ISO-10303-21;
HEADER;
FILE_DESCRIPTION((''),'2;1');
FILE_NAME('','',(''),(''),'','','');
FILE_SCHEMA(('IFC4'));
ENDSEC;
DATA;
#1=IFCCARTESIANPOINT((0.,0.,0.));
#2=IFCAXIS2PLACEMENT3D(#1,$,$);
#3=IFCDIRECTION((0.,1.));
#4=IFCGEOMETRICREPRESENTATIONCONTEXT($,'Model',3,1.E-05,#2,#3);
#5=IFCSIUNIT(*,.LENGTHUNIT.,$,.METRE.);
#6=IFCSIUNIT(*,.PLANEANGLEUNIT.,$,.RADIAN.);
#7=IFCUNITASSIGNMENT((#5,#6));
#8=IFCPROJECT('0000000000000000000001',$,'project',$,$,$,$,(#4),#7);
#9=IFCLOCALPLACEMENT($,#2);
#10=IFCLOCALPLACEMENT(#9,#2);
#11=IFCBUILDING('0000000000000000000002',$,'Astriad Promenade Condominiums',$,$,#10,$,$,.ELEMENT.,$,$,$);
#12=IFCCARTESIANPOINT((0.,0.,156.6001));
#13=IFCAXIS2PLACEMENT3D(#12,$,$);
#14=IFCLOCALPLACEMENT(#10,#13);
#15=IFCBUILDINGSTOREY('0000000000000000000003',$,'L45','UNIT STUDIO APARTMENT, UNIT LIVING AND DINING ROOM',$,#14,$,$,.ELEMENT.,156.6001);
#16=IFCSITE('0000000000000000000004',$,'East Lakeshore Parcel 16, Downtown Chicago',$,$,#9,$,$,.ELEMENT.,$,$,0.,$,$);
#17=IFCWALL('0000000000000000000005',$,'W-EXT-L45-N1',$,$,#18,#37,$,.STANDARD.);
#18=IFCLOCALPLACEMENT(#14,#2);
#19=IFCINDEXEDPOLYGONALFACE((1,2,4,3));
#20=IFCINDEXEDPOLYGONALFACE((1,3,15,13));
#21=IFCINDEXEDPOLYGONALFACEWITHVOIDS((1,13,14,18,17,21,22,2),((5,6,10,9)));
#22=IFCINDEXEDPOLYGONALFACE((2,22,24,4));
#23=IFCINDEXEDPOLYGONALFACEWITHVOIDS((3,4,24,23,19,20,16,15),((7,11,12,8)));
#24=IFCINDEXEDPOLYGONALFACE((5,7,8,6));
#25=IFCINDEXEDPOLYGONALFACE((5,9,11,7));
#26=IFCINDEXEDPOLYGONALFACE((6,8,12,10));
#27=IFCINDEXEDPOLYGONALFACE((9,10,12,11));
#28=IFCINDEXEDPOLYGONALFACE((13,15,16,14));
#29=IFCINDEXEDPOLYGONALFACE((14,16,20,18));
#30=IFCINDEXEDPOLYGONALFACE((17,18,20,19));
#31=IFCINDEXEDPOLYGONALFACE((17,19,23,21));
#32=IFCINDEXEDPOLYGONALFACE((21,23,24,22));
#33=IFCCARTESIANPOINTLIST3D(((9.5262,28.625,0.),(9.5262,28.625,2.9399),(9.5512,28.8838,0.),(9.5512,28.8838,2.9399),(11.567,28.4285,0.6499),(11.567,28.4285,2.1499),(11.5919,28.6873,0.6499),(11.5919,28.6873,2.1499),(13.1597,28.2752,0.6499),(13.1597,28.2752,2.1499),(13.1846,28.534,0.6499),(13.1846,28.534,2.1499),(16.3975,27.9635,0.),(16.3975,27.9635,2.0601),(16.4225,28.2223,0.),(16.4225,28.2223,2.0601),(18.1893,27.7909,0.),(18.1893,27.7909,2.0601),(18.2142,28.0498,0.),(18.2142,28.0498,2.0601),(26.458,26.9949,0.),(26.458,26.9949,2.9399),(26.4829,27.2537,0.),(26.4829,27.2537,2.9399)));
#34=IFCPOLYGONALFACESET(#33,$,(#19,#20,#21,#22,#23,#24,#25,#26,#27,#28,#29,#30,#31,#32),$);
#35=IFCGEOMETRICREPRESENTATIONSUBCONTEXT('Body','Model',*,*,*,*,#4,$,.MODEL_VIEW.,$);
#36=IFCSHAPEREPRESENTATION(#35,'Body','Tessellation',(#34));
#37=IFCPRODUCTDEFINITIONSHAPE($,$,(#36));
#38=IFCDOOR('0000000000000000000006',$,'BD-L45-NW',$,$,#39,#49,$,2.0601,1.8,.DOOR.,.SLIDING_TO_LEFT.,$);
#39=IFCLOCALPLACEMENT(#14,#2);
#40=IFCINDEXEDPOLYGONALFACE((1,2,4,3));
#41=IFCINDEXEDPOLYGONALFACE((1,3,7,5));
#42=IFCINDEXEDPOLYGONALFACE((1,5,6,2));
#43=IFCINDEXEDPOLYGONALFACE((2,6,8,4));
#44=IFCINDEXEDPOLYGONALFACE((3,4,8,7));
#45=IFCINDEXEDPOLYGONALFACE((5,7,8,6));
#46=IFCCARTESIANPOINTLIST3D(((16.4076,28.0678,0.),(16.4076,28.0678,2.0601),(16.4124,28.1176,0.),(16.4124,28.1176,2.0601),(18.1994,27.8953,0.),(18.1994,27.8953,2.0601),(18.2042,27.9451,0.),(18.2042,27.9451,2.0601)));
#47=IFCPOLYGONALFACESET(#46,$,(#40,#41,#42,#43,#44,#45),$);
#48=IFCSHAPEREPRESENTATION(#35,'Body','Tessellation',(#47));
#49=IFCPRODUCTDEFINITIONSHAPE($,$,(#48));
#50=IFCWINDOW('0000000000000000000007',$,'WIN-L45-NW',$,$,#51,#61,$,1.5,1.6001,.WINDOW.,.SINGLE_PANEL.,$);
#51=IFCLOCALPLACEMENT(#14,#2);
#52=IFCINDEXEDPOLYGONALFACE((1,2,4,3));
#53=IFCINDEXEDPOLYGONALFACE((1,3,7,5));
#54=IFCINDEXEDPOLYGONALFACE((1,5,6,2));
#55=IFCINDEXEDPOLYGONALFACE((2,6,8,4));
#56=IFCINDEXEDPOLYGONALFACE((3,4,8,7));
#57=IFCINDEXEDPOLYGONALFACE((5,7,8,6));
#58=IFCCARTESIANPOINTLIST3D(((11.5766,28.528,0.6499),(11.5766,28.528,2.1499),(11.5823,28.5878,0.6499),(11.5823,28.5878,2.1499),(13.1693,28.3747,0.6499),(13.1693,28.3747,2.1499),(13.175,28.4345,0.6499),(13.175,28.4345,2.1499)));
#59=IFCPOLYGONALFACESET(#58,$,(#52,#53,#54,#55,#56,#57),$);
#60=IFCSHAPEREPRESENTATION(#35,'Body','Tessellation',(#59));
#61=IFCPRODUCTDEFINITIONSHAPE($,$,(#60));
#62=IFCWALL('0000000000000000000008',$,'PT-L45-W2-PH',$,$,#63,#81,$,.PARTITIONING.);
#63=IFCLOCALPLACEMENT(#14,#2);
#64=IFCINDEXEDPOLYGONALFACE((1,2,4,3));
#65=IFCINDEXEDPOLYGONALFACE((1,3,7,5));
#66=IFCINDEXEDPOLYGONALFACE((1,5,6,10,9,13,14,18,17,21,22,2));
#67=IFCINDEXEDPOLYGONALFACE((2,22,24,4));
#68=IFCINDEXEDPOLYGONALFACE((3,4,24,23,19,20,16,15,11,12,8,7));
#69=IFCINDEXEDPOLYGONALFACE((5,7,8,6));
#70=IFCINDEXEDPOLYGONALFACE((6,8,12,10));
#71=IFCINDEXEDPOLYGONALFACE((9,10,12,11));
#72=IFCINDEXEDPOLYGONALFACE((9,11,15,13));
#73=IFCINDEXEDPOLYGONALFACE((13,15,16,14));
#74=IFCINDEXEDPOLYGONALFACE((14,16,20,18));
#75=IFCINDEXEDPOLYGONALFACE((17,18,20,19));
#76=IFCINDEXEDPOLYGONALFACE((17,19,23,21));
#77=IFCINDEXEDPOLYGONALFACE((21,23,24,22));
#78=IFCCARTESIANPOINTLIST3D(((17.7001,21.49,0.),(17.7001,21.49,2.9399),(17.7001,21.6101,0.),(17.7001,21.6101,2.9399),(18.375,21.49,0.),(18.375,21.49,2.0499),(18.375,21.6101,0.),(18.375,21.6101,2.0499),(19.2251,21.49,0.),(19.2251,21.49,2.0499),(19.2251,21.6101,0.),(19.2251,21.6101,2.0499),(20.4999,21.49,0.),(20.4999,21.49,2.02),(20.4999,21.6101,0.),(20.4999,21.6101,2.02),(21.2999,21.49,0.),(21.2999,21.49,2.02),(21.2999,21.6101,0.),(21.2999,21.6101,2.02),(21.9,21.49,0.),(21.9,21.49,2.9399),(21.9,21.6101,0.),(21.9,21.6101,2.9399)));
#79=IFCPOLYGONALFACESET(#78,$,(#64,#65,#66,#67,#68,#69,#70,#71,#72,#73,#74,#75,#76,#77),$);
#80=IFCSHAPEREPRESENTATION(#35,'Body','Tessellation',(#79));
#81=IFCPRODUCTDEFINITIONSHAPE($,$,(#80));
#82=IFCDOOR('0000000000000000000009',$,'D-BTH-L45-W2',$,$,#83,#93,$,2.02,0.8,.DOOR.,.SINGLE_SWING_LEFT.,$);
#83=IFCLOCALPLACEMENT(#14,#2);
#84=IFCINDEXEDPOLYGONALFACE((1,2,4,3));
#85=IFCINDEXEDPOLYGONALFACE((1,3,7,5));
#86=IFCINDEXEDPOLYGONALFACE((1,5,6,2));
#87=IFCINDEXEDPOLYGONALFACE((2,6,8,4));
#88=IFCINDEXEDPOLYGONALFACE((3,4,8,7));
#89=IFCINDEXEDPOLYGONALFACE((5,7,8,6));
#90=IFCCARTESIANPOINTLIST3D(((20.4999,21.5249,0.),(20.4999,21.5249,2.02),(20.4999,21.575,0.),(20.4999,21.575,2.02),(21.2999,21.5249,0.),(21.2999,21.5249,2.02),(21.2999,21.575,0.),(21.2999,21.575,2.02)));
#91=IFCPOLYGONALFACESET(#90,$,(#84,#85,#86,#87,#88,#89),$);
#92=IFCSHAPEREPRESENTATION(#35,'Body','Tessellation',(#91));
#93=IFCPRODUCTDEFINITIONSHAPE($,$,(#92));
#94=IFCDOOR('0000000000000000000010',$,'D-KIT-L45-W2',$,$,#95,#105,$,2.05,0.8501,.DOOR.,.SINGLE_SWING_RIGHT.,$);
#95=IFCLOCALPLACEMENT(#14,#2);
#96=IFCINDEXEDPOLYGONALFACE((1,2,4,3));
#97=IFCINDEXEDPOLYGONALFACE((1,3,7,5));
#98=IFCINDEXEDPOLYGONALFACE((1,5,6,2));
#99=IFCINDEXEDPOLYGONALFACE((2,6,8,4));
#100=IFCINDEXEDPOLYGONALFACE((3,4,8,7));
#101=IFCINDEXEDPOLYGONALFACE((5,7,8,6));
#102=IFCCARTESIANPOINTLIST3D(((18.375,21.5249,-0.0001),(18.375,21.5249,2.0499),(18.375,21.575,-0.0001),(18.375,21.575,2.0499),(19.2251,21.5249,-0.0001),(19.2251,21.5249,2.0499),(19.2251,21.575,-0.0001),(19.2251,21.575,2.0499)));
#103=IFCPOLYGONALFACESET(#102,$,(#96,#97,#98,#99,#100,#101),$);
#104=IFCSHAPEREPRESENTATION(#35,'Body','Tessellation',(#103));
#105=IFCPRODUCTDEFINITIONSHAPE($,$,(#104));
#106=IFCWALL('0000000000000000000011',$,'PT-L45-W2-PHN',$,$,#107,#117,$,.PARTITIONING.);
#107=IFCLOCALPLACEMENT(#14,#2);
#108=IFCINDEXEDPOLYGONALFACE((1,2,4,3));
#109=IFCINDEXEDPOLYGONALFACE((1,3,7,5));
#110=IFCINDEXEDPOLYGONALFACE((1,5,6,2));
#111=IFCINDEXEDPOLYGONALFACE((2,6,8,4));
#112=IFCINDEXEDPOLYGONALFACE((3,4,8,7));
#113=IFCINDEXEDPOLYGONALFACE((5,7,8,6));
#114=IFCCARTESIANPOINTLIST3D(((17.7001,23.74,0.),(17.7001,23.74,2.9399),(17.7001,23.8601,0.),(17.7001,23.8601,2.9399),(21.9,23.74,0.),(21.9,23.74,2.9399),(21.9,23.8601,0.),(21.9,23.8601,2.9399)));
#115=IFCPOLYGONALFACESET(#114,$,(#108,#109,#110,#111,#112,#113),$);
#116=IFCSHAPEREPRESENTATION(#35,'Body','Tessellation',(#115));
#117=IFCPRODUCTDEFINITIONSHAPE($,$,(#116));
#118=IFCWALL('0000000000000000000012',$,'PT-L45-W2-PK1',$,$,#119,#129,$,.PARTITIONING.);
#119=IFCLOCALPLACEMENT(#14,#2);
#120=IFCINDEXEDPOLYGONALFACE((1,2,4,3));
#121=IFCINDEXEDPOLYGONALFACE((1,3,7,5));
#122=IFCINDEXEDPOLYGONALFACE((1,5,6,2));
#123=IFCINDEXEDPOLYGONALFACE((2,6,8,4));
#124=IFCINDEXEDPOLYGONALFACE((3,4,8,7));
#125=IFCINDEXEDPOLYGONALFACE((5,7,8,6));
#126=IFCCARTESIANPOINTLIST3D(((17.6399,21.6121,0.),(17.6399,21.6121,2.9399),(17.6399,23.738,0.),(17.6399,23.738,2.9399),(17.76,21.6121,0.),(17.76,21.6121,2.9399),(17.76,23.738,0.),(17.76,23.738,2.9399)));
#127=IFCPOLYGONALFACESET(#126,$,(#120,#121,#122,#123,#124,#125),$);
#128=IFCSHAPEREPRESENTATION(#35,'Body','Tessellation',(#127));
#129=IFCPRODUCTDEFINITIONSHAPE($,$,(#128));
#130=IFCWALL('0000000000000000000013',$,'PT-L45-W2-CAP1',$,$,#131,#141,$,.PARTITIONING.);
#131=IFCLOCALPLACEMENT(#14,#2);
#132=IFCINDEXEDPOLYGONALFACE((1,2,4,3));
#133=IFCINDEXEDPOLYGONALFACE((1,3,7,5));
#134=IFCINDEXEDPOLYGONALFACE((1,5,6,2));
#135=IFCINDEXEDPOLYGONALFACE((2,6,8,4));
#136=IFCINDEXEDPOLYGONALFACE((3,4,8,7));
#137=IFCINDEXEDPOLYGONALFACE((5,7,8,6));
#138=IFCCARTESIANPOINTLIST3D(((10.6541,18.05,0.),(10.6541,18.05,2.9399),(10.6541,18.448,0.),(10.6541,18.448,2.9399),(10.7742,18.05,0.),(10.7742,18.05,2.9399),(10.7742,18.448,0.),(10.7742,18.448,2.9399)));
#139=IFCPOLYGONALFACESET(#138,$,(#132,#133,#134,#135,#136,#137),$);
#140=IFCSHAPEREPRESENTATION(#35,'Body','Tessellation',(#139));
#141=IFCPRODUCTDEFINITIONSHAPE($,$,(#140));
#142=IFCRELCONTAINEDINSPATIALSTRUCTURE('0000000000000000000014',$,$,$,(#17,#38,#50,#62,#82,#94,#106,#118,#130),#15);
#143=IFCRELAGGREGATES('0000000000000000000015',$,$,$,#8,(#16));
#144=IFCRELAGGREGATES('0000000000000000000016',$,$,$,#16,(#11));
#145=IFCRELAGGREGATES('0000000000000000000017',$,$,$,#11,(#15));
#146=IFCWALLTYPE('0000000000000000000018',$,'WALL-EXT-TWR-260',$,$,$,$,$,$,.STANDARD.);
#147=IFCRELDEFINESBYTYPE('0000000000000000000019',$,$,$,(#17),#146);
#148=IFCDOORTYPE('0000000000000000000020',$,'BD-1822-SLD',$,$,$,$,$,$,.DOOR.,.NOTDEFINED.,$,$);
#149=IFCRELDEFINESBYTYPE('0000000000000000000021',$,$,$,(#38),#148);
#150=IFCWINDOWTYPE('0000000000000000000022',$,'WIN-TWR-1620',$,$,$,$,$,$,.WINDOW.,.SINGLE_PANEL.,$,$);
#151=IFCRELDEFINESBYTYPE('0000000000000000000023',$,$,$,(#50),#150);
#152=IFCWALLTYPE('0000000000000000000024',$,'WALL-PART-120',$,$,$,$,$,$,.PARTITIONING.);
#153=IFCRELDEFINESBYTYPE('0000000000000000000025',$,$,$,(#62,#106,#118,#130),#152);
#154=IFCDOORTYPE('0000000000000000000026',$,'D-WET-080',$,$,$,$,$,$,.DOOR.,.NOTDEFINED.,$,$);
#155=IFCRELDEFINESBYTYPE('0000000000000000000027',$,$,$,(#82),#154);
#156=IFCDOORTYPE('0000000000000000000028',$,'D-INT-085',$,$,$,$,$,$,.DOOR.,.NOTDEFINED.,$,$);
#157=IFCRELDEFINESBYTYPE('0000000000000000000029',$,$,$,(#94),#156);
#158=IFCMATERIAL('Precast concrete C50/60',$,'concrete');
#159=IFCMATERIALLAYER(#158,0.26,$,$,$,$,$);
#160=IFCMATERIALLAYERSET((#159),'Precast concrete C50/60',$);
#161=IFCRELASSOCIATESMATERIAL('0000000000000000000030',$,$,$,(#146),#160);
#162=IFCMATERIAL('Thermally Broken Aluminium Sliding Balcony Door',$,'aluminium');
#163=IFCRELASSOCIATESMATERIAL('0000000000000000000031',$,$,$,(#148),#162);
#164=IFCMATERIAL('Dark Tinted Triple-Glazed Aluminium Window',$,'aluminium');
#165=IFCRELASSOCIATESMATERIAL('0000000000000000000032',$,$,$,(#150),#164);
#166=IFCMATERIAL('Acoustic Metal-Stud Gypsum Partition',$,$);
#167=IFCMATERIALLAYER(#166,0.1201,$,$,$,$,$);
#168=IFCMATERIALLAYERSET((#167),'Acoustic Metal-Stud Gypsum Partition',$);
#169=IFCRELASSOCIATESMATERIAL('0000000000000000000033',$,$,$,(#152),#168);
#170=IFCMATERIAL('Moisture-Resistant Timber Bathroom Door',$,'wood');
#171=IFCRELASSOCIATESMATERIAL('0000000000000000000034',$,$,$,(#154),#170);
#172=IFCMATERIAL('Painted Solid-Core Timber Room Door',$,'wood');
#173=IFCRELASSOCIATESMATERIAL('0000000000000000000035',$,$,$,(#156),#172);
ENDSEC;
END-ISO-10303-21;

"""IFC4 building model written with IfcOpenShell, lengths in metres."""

from ifc_helpers import new_model, si_unit, direction, frame, frame_2d, origin, place, context, subcontext, project, spatial, rectangle, extrude, source, transform, mapped, material, layer, layer_set, type_object, type_shapes, element, fill, save


model = new_model("IFC4")

# Units and contexts
model_context = context("Model", 3, precision=1e-05, world=origin(), true_north=direction((0.0, 1.0)))
body_context = subcontext(model_context, "Body", "Model", "MODEL_VIEW")
ifc_project = project(units=[si_unit("LENGTHUNIT", "METRE"), si_unit("PLANEANGLEUNIT", "RADIAN")], contexts=[model_context])

# Site, building, storey
site_placement = place(None, origin())
site = spatial("IfcSite", under=ifc_project, at=site_placement, Name="East Lakeshore Parcel 16, Downtown Chicago", CompositionType="ELEMENT", RefElevation=0.0)
building_placement = place(site_placement, origin())
building = spatial("IfcBuilding", under=site, at=building_placement, Name="Astriad Promenade Condominiums", CompositionType="ELEMENT")
storey_placement = place(building_placement, frame((0.0, 0.0, 156.6001)))
storey = spatial("IfcBuildingStorey", under=building, at=storey_placement, Name="L45", Description="UNIT STUDIO APARTMENT, UNIT LIVING AND DINING ROOM", CompositionType="ELEMENT", Elevation=156.6001)

# Shared definitions
ifc_material_1 = material(Name="Precast concrete C50/60", Category="concrete")
ifc_layer_1 = layer(ifc_material_1, 0.26)
ifc_layer_set_1 = layer_set([ifc_layer_1], Name="Precast concrete C50/60")
wall_type_1 = type_object("IfcWallType", Name="WALL-EXT-TWR-260", PredefinedType="STANDARD", material=ifc_layer_set_1)

# Wall, openings, door, window
wall_1_placement = place(storey_placement, frame((9.5388, 28.7544, 0.0), z_axis=(0.0, 0.0, 1.0), x_axis=(0.995397, -0.095834, 0.0)))
wall_1 = element("IfcWall", 1, at=wall_1_placement, inside=storey, type_object=wall_type_1, Name="W-EXT-L45-N1", PredefinedType="STANDARD", context=body_context, shape_type="SweptSolid", body=[
    extrude(rectangle(XDim=17.01, YDim=0.26, at=frame_2d((8.5049, 0.0))), origin(), (0.0, 0.0, 1.0), 2.9399),
])
opening_1_placement = place(wall_1_placement, frame((6.9031, 0.0, 0.0)))
opening_1 = element("IfcOpeningElement", 2, at=opening_1_placement, cuts=wall_1, PredefinedType="OPENING", context=body_context, shape_type="SweptSolid", body=[
    extrude(rectangle(XDim=1.8, YDim=2.0601, at=frame_2d((0.8999, 1.03))), frame((0.0, 0.1399, 0.0), z_axis=(0.0, -1.0, 0.0), x_axis=(1.0, 0.0, 0.0)), (0.0, 0.0, 1.0), 0.28),
])
opening_2_placement = place(wall_1_placement, frame((2.05, 0.0, 0.6499)))
opening_2 = element("IfcOpeningElement", 3, at=opening_2_placement, cuts=wall_1, PredefinedType="OPENING", context=body_context, shape_type="SweptSolid", body=[
    extrude(rectangle(XDim=1.6001, YDim=1.5, at=frame_2d((0.8, 0.75))), frame((0.0, 0.1399, 0.0), z_axis=(0.0, -1.0, 0.0), x_axis=(1.0, 0.0, 0.0)), (0.0, 0.0, 1.0), 0.28),
])
ifc_material_2 = material(Name="Thermally Broken Aluminium Sliding Balcony Door", Category="aluminium")
door_type_1 = type_object("IfcDoorType", Name="BD-1822-SLD", OperationType="NOTDEFINED", PredefinedType="DOOR", material=ifc_material_2)
shared_shape_1 = source(origin(), body_context, "Body", "SweptSolid", [
    extrude(rectangle(XDim=1.8, YDim=2.0601, at=frame_2d((0.8999, 1.03))), frame((0.0, 0.0249, 0.0), z_axis=(0.0, -1.0, 0.0), x_axis=(1.0, 0.0, 0.0)), (0.0, 0.0, 1.0), 0.05),
])
type_shapes(door_type_1, [shared_shape_1])
door_1_placement = place(opening_1_placement, origin())
door_1 = element("IfcDoor", 4, at=door_1_placement, inside=storey, type_object=door_type_1, Name="BD-L45-NW", OperationType="SLIDING_TO_LEFT", OverallHeight=2.0601, OverallWidth=1.8, PredefinedType="DOOR", context=body_context, shape_type="MappedRepresentation", body=[
    mapped(shared_shape_1, transform((0.0, 0.0, 0.0), scale=1.0)),
])
fill(opening_1, door_1)
ifc_material_3 = material(Name="Dark Tinted Triple-Glazed Aluminium Window", Category="aluminium")
window_type = type_object("IfcWindowType", Name="WIN-TWR-1620", PartitioningType="SINGLE_PANEL", PredefinedType="WINDOW", material=ifc_material_3)
shared_shape_2 = source(origin(), body_context, "Body", "SweptSolid", [
    extrude(rectangle(XDim=1.6001, YDim=1.5, at=frame_2d((0.8, 0.75))), frame((0.0, 0.03, 0.0), z_axis=(0.0, -1.0, 0.0), x_axis=(1.0, 0.0, 0.0)), (0.0, 0.0, 1.0), 0.0601),
])
type_shapes(window_type, [shared_shape_2])
window_placement = place(opening_2_placement, origin())
window = element("IfcWindow", 5, at=window_placement, inside=storey, type_object=window_type, Name="WIN-L45-NW", OverallHeight=1.5, OverallWidth=1.6001, PartitioningType="SINGLE_PANEL", PredefinedType="WINDOW", context=body_context, shape_type="MappedRepresentation", body=[
    mapped(shared_shape_2, transform((0.0, 0.0, 0.0), scale=1.0)),
])
fill(opening_2, window)

# Wall, openings, doors
ifc_material_4 = material(Name="Acoustic Metal-Stud Gypsum Partition")
ifc_layer_2 = layer(ifc_material_4, 0.1201)
ifc_layer_set_2 = layer_set([ifc_layer_2], Name="Acoustic Metal-Stud Gypsum Partition")
wall_type_2 = type_object("IfcWallType", Name="WALL-PART-120", PredefinedType="PARTITIONING", material=ifc_layer_set_2)
wall_2_placement = place(storey_placement, frame((17.7, 21.55, 0.0), z_axis=(0.0, 0.0, 1.0), x_axis=(1.0, 0.0, 0.0)))
wall_2 = element("IfcWall", 6, at=wall_2_placement, inside=storey, type_object=wall_type_2, Name="PT-L45-W2-PH", PredefinedType="PARTITIONING", context=body_context, shape_type="SweptSolid", body=[
    extrude(rectangle(XDim=4.2, YDim=0.1201, at=frame_2d((2.1001, 0.0))), origin(), (0.0, 0.0, 1.0), 2.9399),
])
opening_3_placement = place(wall_2_placement, frame((0.675, 0.0, 0.0)))
opening_3 = element("IfcOpeningElement", 7, at=opening_3_placement, cuts=wall_2, PredefinedType="OPENING", context=body_context, shape_type="SweptSolid", body=[
    extrude(rectangle(XDim=0.8501, YDim=2.05, at=frame_2d((0.425, 1.0249))), frame((0.0, 0.0701, 0.0), z_axis=(0.0, -1.0, 0.0), x_axis=(1.0, 0.0, 0.0)), (0.0, 0.0, 1.0), 0.1401),
])
opening_4_placement = place(wall_2_placement, frame((2.8, 0.0, 0.0)))
opening_4 = element("IfcOpeningElement", 8, at=opening_4_placement, cuts=wall_2, PredefinedType="OPENING", context=body_context, shape_type="SweptSolid", body=[
    extrude(rectangle(XDim=0.8, YDim=2.02, at=frame_2d((0.3999, 1.01))), frame((0.0, 0.0701, 0.0), z_axis=(0.0, -1.0, 0.0), x_axis=(1.0, 0.0, 0.0)), (0.0, 0.0, 1.0), 0.1401),
])
ifc_material_5 = material(Name="Moisture-Resistant Timber Bathroom Door", Category="wood")
door_type_2 = type_object("IfcDoorType", Name="D-WET-080", OperationType="NOTDEFINED", PredefinedType="DOOR", material=ifc_material_5)
shared_shape_3 = source(origin(), body_context, "Body", "SweptSolid", [
    extrude(rectangle(XDim=0.8, YDim=2.02, at=frame_2d((0.3999, 1.01))), frame((0.0, 0.0249, 0.0), z_axis=(0.0, -1.0, 0.0), x_axis=(1.0, 0.0, 0.0)), (0.0, 0.0, 1.0), 0.05),
])
type_shapes(door_type_2, [shared_shape_3])
door_2_placement = place(opening_4_placement, origin())
door_2 = element("IfcDoor", 9, at=door_2_placement, inside=storey, type_object=door_type_2, Name="D-BTH-L45-W2", OperationType="SINGLE_SWING_LEFT", OverallHeight=2.02, OverallWidth=0.8, PredefinedType="DOOR", context=body_context, shape_type="MappedRepresentation", body=[
    mapped(shared_shape_3, transform((0.0, 0.0, 0.0), scale=1.0)),
])
fill(opening_4, door_2)
ifc_material_6 = material(Name="Painted Solid-Core Timber Room Door", Category="wood")
door_type_3 = type_object("IfcDoorType", Name="D-INT-085", OperationType="NOTDEFINED", PredefinedType="DOOR", material=ifc_material_6)
shared_shape_4 = source(origin(), body_context, "Body", "SweptSolid", [
    extrude(rectangle(XDim=0.8501, YDim=2.05, at=frame_2d((0.425, 1.0249))), frame((0.0, 0.0249, 0.0), z_axis=(0.0, -1.0, 0.0), x_axis=(1.0, 0.0, 0.0)), (0.0, 0.0, 1.0), 0.05),
])
type_shapes(door_type_3, [shared_shape_4])
door_3_placement = place(opening_3_placement, origin())
door_3 = element("IfcDoor", 10, at=door_3_placement, inside=storey, type_object=door_type_3, Name="D-KIT-L45-W2", OperationType="SINGLE_SWING_RIGHT", OverallHeight=2.05, OverallWidth=0.8501, PredefinedType="DOOR", context=body_context, shape_type="MappedRepresentation", body=[
    mapped(shared_shape_4, transform((0.0, 0.0, 0.0), scale=1.0)),
])
fill(opening_3, door_3)

# Walls
wall_3_placement = place(storey_placement, frame((17.7, 23.8, 0.0), z_axis=(0.0, 0.0, 1.0), x_axis=(1.0, 0.0, 0.0)))
element("IfcWall", 11, at=wall_3_placement, inside=storey, type_object=wall_type_2, Name="PT-L45-W2-PHN", PredefinedType="PARTITIONING", context=body_context, shape_type="SweptSolid", body=[
    extrude(rectangle(XDim=4.2, YDim=0.1201, at=frame_2d((2.1001, 0.0))), origin(), (0.0, 0.0, 1.0), 2.9399),
])
wall_4_placement = place(storey_placement, frame((17.7, 21.6121, 0.0), z_axis=(0.0, 0.0, 1.0), x_axis=(0.0, 1.0, 0.0)))
element("IfcWall", 12, at=wall_4_placement, inside=storey, type_object=wall_type_2, Name="PT-L45-W2-PK1", PredefinedType="PARTITIONING", context=body_context, shape_type="SweptSolid", body=[
    extrude(rectangle(XDim=2.126, YDim=0.1201, at=frame_2d((1.063, 0.0))), origin(), (0.0, 0.0, 1.0), 2.9399),
])
wall_5_placement = place(storey_placement, frame((10.7141, 18.05, 0.0), z_axis=(0.0, 0.0, 1.0), x_axis=(0.0, 1.0, 0.0)))
element("IfcWall", 13, at=wall_5_placement, inside=storey, type_object=wall_type_2, Name="PT-L45-W2-CAP1", PredefinedType="PARTITIONING", context=body_context, shape_type="SweptSolid", body=[
    extrude(rectangle(XDim=0.3979, YDim=0.1201, at=frame_2d((0.199, 0.0))), origin(), (0.0, 0.0, 1.0), 2.9399),
])

save(model, "model.ifc")
